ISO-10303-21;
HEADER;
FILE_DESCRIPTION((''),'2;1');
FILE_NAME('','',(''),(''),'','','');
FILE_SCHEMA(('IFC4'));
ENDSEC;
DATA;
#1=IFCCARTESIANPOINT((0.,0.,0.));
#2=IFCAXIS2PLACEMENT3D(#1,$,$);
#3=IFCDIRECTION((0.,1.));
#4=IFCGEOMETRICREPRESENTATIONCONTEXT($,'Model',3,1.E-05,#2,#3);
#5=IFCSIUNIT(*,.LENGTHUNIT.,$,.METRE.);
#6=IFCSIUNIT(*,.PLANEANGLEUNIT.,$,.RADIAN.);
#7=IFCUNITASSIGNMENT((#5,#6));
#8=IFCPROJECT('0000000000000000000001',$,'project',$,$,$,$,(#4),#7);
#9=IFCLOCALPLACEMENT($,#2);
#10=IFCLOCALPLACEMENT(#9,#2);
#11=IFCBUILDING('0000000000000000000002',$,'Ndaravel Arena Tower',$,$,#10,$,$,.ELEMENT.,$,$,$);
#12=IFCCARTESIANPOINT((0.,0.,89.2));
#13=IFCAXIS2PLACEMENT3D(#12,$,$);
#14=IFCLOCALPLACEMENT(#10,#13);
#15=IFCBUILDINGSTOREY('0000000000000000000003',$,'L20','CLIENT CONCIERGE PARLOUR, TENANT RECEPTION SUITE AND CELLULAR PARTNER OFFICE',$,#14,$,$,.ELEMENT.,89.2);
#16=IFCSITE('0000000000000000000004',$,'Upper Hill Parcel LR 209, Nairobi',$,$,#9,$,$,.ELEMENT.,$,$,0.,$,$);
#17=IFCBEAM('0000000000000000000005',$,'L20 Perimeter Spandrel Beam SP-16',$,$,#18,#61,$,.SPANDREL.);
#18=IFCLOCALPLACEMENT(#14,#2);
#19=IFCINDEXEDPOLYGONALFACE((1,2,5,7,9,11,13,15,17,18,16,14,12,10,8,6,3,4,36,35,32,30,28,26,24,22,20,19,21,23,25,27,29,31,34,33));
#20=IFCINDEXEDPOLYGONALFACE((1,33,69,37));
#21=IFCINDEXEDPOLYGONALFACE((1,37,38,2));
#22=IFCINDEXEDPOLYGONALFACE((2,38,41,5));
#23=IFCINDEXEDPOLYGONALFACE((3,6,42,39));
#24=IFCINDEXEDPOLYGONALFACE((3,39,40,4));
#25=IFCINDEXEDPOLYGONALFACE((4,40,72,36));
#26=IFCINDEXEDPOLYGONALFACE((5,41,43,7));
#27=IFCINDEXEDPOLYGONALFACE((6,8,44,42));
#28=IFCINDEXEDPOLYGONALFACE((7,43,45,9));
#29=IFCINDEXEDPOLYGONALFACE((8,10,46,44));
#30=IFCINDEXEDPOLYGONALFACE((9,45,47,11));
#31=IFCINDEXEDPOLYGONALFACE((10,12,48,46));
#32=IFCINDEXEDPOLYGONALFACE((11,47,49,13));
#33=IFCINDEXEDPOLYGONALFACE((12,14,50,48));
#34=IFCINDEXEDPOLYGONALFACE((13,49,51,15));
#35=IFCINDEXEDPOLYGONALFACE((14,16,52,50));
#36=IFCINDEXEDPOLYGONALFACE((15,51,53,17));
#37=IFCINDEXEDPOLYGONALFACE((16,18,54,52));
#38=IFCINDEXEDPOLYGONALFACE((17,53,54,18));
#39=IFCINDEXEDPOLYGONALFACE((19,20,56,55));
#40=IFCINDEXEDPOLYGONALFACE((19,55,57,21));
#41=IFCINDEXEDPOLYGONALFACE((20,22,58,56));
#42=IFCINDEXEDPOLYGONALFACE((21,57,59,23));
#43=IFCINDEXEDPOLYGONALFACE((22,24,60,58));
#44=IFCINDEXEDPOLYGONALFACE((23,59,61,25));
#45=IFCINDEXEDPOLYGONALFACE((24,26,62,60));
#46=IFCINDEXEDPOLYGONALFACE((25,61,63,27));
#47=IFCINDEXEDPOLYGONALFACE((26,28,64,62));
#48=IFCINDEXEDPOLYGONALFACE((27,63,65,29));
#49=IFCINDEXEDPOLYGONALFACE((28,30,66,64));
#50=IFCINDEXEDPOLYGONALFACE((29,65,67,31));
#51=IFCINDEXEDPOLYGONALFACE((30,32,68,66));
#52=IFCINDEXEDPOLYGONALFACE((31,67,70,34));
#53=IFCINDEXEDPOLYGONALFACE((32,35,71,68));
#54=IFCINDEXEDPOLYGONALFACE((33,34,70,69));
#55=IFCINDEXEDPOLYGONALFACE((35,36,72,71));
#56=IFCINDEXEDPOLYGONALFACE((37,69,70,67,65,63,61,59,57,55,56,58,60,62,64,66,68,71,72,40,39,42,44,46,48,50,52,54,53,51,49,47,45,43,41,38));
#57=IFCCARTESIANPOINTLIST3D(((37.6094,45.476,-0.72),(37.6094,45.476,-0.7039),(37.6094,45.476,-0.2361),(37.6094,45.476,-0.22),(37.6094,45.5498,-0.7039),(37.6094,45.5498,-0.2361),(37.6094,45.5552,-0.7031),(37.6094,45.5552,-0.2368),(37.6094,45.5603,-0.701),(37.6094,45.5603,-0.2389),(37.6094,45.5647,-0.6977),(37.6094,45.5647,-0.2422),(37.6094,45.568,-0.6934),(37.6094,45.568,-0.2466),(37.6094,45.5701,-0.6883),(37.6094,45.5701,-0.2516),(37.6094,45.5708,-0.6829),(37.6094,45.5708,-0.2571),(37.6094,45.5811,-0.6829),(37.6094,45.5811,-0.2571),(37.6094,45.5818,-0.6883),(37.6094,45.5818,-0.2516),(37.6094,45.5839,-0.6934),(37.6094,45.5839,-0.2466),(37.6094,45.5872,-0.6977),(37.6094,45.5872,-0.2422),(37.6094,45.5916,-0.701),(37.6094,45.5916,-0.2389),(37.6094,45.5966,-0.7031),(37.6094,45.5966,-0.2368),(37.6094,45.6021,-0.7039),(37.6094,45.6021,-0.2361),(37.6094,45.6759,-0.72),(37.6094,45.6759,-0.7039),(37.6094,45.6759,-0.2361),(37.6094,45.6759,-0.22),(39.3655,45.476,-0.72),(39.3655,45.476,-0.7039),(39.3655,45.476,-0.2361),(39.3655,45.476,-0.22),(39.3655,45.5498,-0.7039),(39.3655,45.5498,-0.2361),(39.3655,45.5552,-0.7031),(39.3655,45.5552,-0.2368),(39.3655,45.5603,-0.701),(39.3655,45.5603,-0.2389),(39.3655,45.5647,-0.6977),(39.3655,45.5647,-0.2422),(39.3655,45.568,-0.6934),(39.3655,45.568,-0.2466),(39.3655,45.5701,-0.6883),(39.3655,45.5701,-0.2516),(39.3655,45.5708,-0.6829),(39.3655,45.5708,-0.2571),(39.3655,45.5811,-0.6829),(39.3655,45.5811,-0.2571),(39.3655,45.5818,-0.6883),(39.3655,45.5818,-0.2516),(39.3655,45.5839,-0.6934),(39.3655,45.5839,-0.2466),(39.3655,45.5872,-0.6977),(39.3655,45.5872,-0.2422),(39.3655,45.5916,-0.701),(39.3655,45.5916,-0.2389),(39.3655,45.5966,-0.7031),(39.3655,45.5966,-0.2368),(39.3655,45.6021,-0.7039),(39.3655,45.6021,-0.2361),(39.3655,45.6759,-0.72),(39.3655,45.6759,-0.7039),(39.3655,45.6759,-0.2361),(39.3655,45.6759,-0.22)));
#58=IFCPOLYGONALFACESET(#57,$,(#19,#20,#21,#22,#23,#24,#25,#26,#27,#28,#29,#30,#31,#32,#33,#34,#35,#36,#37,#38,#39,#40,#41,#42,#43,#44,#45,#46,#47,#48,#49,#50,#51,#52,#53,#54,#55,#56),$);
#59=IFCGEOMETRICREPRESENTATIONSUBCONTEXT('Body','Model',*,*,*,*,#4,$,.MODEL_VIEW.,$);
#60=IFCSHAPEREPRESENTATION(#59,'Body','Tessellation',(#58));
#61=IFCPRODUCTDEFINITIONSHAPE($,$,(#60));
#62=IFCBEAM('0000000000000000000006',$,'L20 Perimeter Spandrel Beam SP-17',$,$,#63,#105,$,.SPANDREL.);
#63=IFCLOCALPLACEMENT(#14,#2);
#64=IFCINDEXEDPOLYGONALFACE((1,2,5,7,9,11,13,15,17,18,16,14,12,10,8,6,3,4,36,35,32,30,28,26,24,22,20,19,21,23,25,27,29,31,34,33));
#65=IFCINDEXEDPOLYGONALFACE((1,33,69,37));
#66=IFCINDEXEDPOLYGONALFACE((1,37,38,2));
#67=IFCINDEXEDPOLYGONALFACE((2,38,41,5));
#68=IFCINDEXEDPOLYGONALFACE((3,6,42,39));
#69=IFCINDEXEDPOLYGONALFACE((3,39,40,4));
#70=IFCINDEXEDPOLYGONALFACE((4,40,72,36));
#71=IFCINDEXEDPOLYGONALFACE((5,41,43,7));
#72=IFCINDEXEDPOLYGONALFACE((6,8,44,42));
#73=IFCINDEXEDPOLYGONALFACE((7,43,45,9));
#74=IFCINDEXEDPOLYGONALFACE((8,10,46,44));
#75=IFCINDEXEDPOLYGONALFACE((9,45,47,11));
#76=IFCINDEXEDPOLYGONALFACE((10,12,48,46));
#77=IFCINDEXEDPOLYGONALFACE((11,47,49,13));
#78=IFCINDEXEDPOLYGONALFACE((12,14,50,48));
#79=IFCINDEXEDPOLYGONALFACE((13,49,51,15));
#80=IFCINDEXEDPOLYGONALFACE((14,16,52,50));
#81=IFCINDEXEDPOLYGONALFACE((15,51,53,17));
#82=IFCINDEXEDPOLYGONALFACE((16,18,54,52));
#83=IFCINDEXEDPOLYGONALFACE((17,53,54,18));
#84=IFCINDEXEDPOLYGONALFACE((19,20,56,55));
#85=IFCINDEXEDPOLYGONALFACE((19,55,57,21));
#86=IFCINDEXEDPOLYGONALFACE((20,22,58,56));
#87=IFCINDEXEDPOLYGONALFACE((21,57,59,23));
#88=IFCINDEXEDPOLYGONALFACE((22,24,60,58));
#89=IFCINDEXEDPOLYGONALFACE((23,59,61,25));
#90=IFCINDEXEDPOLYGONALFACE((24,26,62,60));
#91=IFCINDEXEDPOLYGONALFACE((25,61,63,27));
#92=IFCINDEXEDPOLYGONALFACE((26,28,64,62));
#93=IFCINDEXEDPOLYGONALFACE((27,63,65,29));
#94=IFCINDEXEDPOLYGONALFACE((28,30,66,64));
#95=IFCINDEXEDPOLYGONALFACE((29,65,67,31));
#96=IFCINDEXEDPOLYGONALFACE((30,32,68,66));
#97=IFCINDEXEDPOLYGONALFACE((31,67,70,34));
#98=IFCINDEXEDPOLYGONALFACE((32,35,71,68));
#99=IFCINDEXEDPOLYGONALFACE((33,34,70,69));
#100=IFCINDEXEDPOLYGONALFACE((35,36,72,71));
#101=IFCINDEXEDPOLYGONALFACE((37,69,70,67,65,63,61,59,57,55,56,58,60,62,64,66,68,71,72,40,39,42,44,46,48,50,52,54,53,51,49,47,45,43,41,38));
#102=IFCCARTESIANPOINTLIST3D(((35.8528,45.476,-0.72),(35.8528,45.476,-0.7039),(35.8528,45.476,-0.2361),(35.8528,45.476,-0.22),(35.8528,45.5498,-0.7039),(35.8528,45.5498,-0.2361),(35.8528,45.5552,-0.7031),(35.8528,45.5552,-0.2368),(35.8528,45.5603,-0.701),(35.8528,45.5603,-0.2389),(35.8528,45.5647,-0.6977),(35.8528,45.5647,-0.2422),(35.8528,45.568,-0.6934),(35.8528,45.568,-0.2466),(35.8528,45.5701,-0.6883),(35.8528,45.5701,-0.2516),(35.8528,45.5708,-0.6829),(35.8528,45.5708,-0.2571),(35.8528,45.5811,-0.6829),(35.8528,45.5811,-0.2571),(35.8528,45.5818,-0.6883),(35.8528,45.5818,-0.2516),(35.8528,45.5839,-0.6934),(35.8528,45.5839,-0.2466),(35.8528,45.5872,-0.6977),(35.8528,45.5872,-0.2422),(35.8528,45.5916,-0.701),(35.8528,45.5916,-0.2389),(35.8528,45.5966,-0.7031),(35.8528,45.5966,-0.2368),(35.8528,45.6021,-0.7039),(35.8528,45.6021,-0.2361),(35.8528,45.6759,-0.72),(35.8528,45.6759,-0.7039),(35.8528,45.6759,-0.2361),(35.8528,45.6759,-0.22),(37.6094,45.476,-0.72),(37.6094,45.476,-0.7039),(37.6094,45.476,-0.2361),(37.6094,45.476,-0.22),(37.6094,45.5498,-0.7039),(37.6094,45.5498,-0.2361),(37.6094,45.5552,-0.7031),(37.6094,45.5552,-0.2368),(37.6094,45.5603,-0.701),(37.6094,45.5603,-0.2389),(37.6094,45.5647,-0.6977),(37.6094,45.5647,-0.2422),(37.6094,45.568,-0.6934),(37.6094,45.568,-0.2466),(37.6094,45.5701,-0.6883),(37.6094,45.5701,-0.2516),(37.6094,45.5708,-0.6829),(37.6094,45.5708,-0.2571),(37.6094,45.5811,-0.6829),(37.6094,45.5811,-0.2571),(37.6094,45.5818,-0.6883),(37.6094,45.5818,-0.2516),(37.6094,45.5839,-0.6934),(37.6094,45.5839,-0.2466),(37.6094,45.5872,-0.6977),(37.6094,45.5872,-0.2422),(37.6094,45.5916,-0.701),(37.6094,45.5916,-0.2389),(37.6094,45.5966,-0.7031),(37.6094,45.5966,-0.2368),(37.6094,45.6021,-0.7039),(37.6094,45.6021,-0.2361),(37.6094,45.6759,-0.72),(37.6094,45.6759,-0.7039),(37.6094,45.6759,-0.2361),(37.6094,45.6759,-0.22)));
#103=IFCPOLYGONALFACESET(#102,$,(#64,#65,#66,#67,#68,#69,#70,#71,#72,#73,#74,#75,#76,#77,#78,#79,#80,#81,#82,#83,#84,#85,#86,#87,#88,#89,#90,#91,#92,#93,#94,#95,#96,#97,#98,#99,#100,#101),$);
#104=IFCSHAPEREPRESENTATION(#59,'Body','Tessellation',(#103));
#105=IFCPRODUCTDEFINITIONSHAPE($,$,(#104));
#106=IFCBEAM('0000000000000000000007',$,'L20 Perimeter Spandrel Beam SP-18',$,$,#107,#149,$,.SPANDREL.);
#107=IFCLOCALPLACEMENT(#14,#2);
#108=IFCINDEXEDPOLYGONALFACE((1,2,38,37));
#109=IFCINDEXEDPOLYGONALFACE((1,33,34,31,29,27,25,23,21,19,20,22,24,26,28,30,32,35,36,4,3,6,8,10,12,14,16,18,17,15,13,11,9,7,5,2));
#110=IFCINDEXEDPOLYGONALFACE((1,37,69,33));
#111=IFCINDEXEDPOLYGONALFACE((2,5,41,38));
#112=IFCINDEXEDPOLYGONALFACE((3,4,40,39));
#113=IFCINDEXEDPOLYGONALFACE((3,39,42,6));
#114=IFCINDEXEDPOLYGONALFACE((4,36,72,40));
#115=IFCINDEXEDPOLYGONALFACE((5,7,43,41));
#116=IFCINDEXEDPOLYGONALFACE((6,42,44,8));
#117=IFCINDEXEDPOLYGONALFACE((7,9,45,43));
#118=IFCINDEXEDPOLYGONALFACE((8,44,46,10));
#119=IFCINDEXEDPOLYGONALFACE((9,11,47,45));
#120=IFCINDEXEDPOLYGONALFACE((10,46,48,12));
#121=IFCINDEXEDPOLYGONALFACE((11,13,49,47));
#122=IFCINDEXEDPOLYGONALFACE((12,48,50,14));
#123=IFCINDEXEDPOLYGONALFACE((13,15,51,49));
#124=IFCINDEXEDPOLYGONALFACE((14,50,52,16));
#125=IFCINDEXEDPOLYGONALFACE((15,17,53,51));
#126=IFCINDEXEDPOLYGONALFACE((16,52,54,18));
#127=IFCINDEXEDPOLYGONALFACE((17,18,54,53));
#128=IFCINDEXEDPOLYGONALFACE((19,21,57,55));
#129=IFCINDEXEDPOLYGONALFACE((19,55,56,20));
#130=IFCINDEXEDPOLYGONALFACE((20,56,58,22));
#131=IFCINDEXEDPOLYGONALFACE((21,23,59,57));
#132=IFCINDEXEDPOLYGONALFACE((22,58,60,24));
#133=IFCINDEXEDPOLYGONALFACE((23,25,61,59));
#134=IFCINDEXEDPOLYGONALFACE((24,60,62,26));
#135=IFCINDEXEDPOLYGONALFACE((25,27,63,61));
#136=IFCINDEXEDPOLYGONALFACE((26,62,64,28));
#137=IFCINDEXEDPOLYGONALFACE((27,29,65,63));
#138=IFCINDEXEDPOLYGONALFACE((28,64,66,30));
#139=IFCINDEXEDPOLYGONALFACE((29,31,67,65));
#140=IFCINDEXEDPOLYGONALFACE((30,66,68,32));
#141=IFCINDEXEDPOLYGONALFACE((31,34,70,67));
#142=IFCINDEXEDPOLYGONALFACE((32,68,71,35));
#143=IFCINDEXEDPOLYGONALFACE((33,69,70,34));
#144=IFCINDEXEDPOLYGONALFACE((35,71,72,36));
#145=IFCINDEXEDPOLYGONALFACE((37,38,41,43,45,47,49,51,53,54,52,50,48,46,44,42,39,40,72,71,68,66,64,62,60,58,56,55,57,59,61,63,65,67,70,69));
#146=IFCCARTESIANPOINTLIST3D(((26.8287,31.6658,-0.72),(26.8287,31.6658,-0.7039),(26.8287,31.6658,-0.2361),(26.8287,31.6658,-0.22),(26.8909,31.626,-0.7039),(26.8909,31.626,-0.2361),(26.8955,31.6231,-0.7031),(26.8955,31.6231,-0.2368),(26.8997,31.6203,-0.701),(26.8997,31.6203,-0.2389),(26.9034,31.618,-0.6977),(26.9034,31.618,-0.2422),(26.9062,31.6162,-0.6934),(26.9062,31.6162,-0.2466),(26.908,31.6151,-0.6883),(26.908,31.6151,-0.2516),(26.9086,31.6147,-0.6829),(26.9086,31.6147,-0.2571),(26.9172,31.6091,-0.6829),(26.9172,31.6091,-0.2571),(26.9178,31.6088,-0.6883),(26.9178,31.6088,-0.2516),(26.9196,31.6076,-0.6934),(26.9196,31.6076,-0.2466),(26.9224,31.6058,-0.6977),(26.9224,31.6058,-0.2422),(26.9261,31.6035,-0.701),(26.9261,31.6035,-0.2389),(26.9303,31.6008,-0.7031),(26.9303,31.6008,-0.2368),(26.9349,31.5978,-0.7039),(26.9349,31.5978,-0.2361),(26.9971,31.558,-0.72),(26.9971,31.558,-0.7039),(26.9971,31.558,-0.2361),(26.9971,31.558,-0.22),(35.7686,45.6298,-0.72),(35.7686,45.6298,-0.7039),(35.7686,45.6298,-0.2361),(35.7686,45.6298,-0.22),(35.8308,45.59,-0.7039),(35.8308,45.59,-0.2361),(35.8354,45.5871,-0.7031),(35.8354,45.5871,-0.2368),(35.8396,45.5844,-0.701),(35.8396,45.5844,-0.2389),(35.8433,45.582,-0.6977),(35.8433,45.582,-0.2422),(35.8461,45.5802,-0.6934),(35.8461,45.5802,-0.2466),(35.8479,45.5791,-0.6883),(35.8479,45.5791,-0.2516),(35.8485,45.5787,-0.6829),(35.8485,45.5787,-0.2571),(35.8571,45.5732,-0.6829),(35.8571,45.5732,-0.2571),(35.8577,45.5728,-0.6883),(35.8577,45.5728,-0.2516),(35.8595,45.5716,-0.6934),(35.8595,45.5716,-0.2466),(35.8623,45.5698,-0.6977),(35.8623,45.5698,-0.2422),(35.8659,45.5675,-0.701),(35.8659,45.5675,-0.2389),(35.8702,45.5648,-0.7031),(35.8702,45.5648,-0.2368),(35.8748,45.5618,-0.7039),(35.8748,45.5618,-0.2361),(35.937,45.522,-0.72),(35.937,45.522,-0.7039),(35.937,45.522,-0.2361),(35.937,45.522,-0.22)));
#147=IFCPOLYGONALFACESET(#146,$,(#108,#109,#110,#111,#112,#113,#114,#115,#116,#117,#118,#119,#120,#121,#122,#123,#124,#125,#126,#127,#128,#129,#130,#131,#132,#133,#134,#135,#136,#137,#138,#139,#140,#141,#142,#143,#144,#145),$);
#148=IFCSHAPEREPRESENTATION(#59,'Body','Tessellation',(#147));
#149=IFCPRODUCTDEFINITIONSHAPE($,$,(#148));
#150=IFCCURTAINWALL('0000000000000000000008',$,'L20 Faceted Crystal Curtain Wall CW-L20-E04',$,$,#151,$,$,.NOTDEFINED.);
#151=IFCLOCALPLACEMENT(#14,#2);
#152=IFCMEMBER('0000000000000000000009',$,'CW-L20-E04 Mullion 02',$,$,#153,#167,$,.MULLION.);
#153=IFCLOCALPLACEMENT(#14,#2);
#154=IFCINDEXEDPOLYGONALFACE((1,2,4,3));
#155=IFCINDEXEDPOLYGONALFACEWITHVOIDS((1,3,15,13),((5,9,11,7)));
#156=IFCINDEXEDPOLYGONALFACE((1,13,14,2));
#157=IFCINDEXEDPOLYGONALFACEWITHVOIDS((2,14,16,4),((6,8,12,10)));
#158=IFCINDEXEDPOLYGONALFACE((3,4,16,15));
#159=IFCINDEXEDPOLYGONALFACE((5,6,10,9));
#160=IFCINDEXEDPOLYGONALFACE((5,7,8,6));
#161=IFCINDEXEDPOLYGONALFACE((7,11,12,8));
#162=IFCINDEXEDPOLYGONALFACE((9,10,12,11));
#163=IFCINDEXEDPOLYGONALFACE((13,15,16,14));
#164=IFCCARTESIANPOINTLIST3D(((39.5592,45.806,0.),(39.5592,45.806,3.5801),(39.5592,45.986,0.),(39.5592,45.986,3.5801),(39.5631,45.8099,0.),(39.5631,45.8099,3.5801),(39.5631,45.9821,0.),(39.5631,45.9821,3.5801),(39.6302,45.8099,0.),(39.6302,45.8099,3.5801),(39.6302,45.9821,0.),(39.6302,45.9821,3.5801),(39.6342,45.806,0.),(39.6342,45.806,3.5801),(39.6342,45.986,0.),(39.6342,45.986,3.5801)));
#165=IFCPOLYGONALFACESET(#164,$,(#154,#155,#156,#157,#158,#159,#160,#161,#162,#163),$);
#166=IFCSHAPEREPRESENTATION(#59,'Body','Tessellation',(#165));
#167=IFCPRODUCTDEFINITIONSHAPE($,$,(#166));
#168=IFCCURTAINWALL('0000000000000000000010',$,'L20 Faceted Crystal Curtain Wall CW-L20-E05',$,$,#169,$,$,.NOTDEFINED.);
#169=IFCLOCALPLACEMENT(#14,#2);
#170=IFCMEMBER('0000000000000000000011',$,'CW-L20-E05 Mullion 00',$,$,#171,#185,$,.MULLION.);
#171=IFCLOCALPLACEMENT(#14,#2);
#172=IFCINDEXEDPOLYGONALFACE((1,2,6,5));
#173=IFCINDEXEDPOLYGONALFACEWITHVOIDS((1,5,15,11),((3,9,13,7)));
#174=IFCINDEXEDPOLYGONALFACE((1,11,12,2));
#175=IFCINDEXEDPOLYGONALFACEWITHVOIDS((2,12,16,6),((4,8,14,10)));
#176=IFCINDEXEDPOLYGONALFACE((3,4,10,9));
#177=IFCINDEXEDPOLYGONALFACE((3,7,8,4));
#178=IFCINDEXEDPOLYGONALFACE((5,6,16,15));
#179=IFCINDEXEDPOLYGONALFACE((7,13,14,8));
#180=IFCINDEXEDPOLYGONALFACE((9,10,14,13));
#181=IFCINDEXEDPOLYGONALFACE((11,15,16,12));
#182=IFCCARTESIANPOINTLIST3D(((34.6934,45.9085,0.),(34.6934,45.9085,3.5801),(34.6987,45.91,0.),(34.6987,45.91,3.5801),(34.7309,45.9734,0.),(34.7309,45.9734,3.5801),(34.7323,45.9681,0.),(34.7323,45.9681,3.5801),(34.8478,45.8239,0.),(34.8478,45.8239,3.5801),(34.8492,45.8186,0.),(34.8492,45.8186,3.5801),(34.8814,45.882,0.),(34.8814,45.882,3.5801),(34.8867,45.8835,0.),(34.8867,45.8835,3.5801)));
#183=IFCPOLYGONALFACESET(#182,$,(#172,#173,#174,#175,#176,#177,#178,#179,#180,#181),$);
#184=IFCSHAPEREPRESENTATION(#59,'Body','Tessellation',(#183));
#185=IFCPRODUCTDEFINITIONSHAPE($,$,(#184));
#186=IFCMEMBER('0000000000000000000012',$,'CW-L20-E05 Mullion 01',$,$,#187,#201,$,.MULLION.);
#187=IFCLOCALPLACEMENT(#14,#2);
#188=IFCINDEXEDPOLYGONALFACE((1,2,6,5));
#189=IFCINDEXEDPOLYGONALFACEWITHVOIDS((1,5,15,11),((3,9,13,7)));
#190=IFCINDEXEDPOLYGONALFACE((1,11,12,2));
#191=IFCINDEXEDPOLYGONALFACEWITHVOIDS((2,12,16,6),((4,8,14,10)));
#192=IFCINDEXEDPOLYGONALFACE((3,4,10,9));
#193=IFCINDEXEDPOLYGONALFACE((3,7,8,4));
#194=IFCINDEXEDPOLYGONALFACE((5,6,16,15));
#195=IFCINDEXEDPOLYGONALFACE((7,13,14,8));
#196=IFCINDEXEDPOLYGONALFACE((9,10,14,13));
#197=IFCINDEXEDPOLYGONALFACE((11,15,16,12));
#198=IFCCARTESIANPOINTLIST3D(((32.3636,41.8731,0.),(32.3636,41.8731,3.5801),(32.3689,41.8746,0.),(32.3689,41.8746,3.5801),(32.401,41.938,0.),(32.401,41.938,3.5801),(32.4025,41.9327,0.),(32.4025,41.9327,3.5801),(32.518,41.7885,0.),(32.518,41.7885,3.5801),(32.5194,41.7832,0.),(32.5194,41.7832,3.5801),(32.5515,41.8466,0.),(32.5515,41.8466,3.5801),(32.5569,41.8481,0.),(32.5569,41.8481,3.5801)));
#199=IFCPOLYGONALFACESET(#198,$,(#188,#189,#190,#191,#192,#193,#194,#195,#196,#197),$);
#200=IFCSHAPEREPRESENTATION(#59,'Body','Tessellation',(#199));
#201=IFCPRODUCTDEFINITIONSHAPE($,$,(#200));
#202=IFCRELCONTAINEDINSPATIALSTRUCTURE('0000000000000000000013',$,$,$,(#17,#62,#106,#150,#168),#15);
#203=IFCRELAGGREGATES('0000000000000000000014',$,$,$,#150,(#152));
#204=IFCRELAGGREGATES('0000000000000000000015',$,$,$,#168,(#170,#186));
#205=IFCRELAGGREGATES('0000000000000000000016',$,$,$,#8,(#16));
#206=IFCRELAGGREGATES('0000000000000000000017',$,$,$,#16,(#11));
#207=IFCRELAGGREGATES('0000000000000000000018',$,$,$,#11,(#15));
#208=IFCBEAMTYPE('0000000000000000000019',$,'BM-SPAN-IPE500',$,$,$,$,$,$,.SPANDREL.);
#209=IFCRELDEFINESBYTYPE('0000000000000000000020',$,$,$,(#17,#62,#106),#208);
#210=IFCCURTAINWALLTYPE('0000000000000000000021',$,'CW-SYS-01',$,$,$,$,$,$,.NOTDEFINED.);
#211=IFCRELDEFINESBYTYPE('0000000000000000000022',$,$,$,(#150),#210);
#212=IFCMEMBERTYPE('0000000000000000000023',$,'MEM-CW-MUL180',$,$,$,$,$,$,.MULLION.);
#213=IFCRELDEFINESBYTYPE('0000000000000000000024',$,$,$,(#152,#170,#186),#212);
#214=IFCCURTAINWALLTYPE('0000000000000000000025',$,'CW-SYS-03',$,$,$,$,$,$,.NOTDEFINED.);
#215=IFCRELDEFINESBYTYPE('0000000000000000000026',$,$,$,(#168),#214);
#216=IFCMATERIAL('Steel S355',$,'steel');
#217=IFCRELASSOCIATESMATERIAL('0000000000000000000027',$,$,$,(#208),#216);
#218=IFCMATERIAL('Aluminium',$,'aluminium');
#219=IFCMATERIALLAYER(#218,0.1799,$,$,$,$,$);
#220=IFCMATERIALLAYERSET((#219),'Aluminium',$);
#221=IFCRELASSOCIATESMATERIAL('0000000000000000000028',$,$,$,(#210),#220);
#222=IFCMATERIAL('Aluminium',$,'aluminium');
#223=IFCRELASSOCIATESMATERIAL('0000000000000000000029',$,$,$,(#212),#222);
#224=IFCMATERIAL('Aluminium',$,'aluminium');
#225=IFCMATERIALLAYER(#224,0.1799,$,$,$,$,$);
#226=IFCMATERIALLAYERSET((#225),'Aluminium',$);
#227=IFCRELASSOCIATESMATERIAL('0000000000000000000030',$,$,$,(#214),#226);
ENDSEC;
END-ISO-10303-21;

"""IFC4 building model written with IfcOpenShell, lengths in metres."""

from ifc_helpers import new_model, si_unit, direction, frame, origin, origin_2d, place, context, subcontext, project, spatial, hollow_rectangle, i_section, extrude, material, layer, layer_set, material_profile, profile_set, type_object, element, aggregate, save


model = new_model("IFC4")

# Units and contexts
model_context = context("Model", 3, precision=1e-05, world=origin(), true_north=direction((0.0, 1.0)))
body_context = subcontext(model_context, "Body", "Model", "MODEL_VIEW")
ifc_project = project(units=[si_unit("LENGTHUNIT", "METRE"), si_unit("PLANEANGLEUNIT", "RADIAN")], contexts=[model_context])

# Site, building, storey
site_placement = place(None, origin())
site = spatial("IfcSite", under=ifc_project, at=site_placement, Name="Upper Hill Parcel LR 209, Nairobi", CompositionType="ELEMENT", RefElevation=0.0)
building_placement = place(site_placement, origin())
building = spatial("IfcBuilding", under=site, at=building_placement, Name="Ndaravel Arena Tower", CompositionType="ELEMENT")
storey_placement = place(building_placement, frame((0.0, 0.0, 89.2)))
storey = spatial("IfcBuildingStorey", under=building, at=storey_placement, Name="L20", Description="CLIENT CONCIERGE PARLOUR, TENANT RECEPTION SUITE AND CELLULAR PARTNER OFFICE", CompositionType="ELEMENT", Elevation=89.2)

# Beams
ifc_material_1 = material(Name="Steel S355", Category="steel")
ifc_material_profile_1 = material_profile(ifc_material_1, i_section(OverallWidth=0.2, OverallDepth=0.5, WebThickness=0.0103, FlangeThickness=0.0161, FilletRadius=0.021, at=origin_2d()), Name="IPE 500")
ifc_profile_set_1 = profile_set([ifc_material_profile_1], Name="Steel S355")
beam_type_1 = type_object("IfcBeamType", Name="BM-SPAN-IPE500", PredefinedType="SPANDREL", material=ifc_profile_set_1)
beam_1_placement = place(storey_placement, frame((39.3655, 45.5759, -0.47), z_axis=(-1.0, 0.0, 0.0), x_axis=(0.0, -1.0, 0.0)))
element("IfcBeam", 1, at=beam_1_placement, inside=storey, type_object=beam_type_1, Name="L20 Perimeter Spandrel Beam SP-16", PredefinedType="SPANDREL", context=body_context, shape_type="SweptSolid", body=[
    extrude(i_section(OverallWidth=0.2, OverallDepth=0.5, WebThickness=0.0103, FlangeThickness=0.0161, FilletRadius=0.021, at=origin_2d()), origin(), (0.0, 0.0, 1.0), 1.7561),
])
beam_2_placement = place(storey_placement, frame((37.6094, 45.5759, -0.47), z_axis=(-1.0, 0.0, 0.0), x_axis=(0.0, -1.0, 0.0)))
element("IfcBeam", 2, at=beam_2_placement, inside=storey, type_object=beam_type_1, Name="L20 Perimeter Spandrel Beam SP-17", PredefinedType="SPANDREL", context=body_context, shape_type="SweptSolid", body=[
    extrude(i_section(OverallWidth=0.2, OverallDepth=0.5, WebThickness=0.0103, FlangeThickness=0.0161, FilletRadius=0.021, at=origin_2d()), origin(), (0.0, 0.0, 1.0), 1.7566),
])
beam_3_placement = place(storey_placement, frame((35.8528, 45.5759, -0.47), z_axis=(-0.539178, -0.842192, 0.0), x_axis=(0.842192, -0.539178, 0.0)))
element("IfcBeam", 3, at=beam_3_placement, inside=storey, type_object=beam_type_1, Name="L20 Perimeter Spandrel Beam SP-18", PredefinedType="SPANDREL", context=body_context, shape_type="SweptSolid", body=[
    extrude(i_section(OverallWidth=0.2, OverallDepth=0.5, WebThickness=0.0103, FlangeThickness=0.0161, FilletRadius=0.021, at=origin_2d()), origin(), (0.0, 0.0, 1.0), 16.5806),
])

# Curtain wall, member
ifc_material_2 = material(Name="Aluminium", Category="aluminium")
ifc_layer_1 = layer(ifc_material_2, 0.1799)
ifc_layer_set_1 = layer_set([ifc_layer_1], Name="Aluminium")
curtain_wall_type_1 = type_object("IfcCurtainWallType", Name="CW-SYS-01", PredefinedType="NOTDEFINED", material=ifc_layer_set_1)
curtain_wall_1_placement = place(storey_placement, origin())
curtain_wall_1 = element("IfcCurtainWall", 4, at=curtain_wall_1_placement, inside=storey, type_object=curtain_wall_type_1, Name="L20 Faceted Crystal Curtain Wall CW-L20-E04", PredefinedType="NOTDEFINED")
ifc_material_3 = material(Name="Aluminium", Category="aluminium")
ifc_material_profile_2 = material_profile(ifc_material_3, hollow_rectangle(XDim=0.075, YDim=0.1799, WallThickness=0.0039, at=origin_2d()), Name="CW MULLION 75x180x4")
ifc_profile_set_2 = profile_set([ifc_material_profile_2], Name="Aluminium")
member_type_1 = type_object("IfcMemberType", Name="MEM-CW-MUL180", PredefinedType="MULLION", material=ifc_profile_set_2)
member_1_placement = place(storey_placement, frame((39.5967, 45.896, 0.0), z_axis=(0.0, 0.0, 1.0), x_axis=(-1.0, 0.0, 0.0)))
member_1 = element("IfcMember", 5, at=member_1_placement, type_object=member_type_1, Name="CW-L20-E04 Mullion 02", PredefinedType="MULLION", context=body_context, shape_type="SweptSolid", body=[
    extrude(hollow_rectangle(XDim=0.075, YDim=0.1799, WallThickness=0.0039, at=origin_2d()), origin(), (0.0, 0.0, 1.0), 3.5801),
])

# Curtain wall, members
ifc_material_4 = material(Name="Aluminium", Category="aluminium")
ifc_layer_2 = layer(ifc_material_4, 0.1799)
ifc_layer_set_2 = layer_set([ifc_layer_2], Name="Aluminium")
curtain_wall_type_2 = type_object("IfcCurtainWallType", Name="CW-SYS-03", PredefinedType="NOTDEFINED", material=ifc_layer_set_2)
curtain_wall_2_placement = place(storey_placement, origin())
curtain_wall_2 = element("IfcCurtainWall", 6, at=curtain_wall_2_placement, inside=storey, type_object=curtain_wall_type_2, Name="L20 Faceted Crystal Curtain Wall CW-L20-E05", PredefinedType="NOTDEFINED")
member_2_placement = place(storey_placement, frame((34.79, 45.896, 0.0), z_axis=(0.0, 0.0, 1.0), x_axis=(-0.5, -0.866025, 0.0)))
member_2 = element("IfcMember", 7, at=member_2_placement, type_object=member_type_1, Name="CW-L20-E05 Mullion 00", PredefinedType="MULLION", context=body_context, shape_type="SweptSolid", body=[
    extrude(hollow_rectangle(XDim=0.075, YDim=0.1799, WallThickness=0.0039, at=origin_2d()), origin(), (0.0, 0.0, 1.0), 3.5801),
])
member_3_placement = place(storey_placement, frame((32.4602, 41.8606, 0.0), z_axis=(0.0, 0.0, 1.0), x_axis=(-0.5, -0.866025, 0.0)))
member_3 = element("IfcMember", 8, at=member_3_placement, type_object=member_type_1, Name="CW-L20-E05 Mullion 01", PredefinedType="MULLION", context=body_context, shape_type="SweptSolid", body=[
    extrude(hollow_rectangle(XDim=0.075, YDim=0.1799, WallThickness=0.0039, at=origin_2d()), origin(), (0.0, 0.0, 1.0), 3.5801),
])

aggregate(curtain_wall_1, [member_1])
aggregate(curtain_wall_2, [member_2, member_3])

save(model, "model.ifc")
